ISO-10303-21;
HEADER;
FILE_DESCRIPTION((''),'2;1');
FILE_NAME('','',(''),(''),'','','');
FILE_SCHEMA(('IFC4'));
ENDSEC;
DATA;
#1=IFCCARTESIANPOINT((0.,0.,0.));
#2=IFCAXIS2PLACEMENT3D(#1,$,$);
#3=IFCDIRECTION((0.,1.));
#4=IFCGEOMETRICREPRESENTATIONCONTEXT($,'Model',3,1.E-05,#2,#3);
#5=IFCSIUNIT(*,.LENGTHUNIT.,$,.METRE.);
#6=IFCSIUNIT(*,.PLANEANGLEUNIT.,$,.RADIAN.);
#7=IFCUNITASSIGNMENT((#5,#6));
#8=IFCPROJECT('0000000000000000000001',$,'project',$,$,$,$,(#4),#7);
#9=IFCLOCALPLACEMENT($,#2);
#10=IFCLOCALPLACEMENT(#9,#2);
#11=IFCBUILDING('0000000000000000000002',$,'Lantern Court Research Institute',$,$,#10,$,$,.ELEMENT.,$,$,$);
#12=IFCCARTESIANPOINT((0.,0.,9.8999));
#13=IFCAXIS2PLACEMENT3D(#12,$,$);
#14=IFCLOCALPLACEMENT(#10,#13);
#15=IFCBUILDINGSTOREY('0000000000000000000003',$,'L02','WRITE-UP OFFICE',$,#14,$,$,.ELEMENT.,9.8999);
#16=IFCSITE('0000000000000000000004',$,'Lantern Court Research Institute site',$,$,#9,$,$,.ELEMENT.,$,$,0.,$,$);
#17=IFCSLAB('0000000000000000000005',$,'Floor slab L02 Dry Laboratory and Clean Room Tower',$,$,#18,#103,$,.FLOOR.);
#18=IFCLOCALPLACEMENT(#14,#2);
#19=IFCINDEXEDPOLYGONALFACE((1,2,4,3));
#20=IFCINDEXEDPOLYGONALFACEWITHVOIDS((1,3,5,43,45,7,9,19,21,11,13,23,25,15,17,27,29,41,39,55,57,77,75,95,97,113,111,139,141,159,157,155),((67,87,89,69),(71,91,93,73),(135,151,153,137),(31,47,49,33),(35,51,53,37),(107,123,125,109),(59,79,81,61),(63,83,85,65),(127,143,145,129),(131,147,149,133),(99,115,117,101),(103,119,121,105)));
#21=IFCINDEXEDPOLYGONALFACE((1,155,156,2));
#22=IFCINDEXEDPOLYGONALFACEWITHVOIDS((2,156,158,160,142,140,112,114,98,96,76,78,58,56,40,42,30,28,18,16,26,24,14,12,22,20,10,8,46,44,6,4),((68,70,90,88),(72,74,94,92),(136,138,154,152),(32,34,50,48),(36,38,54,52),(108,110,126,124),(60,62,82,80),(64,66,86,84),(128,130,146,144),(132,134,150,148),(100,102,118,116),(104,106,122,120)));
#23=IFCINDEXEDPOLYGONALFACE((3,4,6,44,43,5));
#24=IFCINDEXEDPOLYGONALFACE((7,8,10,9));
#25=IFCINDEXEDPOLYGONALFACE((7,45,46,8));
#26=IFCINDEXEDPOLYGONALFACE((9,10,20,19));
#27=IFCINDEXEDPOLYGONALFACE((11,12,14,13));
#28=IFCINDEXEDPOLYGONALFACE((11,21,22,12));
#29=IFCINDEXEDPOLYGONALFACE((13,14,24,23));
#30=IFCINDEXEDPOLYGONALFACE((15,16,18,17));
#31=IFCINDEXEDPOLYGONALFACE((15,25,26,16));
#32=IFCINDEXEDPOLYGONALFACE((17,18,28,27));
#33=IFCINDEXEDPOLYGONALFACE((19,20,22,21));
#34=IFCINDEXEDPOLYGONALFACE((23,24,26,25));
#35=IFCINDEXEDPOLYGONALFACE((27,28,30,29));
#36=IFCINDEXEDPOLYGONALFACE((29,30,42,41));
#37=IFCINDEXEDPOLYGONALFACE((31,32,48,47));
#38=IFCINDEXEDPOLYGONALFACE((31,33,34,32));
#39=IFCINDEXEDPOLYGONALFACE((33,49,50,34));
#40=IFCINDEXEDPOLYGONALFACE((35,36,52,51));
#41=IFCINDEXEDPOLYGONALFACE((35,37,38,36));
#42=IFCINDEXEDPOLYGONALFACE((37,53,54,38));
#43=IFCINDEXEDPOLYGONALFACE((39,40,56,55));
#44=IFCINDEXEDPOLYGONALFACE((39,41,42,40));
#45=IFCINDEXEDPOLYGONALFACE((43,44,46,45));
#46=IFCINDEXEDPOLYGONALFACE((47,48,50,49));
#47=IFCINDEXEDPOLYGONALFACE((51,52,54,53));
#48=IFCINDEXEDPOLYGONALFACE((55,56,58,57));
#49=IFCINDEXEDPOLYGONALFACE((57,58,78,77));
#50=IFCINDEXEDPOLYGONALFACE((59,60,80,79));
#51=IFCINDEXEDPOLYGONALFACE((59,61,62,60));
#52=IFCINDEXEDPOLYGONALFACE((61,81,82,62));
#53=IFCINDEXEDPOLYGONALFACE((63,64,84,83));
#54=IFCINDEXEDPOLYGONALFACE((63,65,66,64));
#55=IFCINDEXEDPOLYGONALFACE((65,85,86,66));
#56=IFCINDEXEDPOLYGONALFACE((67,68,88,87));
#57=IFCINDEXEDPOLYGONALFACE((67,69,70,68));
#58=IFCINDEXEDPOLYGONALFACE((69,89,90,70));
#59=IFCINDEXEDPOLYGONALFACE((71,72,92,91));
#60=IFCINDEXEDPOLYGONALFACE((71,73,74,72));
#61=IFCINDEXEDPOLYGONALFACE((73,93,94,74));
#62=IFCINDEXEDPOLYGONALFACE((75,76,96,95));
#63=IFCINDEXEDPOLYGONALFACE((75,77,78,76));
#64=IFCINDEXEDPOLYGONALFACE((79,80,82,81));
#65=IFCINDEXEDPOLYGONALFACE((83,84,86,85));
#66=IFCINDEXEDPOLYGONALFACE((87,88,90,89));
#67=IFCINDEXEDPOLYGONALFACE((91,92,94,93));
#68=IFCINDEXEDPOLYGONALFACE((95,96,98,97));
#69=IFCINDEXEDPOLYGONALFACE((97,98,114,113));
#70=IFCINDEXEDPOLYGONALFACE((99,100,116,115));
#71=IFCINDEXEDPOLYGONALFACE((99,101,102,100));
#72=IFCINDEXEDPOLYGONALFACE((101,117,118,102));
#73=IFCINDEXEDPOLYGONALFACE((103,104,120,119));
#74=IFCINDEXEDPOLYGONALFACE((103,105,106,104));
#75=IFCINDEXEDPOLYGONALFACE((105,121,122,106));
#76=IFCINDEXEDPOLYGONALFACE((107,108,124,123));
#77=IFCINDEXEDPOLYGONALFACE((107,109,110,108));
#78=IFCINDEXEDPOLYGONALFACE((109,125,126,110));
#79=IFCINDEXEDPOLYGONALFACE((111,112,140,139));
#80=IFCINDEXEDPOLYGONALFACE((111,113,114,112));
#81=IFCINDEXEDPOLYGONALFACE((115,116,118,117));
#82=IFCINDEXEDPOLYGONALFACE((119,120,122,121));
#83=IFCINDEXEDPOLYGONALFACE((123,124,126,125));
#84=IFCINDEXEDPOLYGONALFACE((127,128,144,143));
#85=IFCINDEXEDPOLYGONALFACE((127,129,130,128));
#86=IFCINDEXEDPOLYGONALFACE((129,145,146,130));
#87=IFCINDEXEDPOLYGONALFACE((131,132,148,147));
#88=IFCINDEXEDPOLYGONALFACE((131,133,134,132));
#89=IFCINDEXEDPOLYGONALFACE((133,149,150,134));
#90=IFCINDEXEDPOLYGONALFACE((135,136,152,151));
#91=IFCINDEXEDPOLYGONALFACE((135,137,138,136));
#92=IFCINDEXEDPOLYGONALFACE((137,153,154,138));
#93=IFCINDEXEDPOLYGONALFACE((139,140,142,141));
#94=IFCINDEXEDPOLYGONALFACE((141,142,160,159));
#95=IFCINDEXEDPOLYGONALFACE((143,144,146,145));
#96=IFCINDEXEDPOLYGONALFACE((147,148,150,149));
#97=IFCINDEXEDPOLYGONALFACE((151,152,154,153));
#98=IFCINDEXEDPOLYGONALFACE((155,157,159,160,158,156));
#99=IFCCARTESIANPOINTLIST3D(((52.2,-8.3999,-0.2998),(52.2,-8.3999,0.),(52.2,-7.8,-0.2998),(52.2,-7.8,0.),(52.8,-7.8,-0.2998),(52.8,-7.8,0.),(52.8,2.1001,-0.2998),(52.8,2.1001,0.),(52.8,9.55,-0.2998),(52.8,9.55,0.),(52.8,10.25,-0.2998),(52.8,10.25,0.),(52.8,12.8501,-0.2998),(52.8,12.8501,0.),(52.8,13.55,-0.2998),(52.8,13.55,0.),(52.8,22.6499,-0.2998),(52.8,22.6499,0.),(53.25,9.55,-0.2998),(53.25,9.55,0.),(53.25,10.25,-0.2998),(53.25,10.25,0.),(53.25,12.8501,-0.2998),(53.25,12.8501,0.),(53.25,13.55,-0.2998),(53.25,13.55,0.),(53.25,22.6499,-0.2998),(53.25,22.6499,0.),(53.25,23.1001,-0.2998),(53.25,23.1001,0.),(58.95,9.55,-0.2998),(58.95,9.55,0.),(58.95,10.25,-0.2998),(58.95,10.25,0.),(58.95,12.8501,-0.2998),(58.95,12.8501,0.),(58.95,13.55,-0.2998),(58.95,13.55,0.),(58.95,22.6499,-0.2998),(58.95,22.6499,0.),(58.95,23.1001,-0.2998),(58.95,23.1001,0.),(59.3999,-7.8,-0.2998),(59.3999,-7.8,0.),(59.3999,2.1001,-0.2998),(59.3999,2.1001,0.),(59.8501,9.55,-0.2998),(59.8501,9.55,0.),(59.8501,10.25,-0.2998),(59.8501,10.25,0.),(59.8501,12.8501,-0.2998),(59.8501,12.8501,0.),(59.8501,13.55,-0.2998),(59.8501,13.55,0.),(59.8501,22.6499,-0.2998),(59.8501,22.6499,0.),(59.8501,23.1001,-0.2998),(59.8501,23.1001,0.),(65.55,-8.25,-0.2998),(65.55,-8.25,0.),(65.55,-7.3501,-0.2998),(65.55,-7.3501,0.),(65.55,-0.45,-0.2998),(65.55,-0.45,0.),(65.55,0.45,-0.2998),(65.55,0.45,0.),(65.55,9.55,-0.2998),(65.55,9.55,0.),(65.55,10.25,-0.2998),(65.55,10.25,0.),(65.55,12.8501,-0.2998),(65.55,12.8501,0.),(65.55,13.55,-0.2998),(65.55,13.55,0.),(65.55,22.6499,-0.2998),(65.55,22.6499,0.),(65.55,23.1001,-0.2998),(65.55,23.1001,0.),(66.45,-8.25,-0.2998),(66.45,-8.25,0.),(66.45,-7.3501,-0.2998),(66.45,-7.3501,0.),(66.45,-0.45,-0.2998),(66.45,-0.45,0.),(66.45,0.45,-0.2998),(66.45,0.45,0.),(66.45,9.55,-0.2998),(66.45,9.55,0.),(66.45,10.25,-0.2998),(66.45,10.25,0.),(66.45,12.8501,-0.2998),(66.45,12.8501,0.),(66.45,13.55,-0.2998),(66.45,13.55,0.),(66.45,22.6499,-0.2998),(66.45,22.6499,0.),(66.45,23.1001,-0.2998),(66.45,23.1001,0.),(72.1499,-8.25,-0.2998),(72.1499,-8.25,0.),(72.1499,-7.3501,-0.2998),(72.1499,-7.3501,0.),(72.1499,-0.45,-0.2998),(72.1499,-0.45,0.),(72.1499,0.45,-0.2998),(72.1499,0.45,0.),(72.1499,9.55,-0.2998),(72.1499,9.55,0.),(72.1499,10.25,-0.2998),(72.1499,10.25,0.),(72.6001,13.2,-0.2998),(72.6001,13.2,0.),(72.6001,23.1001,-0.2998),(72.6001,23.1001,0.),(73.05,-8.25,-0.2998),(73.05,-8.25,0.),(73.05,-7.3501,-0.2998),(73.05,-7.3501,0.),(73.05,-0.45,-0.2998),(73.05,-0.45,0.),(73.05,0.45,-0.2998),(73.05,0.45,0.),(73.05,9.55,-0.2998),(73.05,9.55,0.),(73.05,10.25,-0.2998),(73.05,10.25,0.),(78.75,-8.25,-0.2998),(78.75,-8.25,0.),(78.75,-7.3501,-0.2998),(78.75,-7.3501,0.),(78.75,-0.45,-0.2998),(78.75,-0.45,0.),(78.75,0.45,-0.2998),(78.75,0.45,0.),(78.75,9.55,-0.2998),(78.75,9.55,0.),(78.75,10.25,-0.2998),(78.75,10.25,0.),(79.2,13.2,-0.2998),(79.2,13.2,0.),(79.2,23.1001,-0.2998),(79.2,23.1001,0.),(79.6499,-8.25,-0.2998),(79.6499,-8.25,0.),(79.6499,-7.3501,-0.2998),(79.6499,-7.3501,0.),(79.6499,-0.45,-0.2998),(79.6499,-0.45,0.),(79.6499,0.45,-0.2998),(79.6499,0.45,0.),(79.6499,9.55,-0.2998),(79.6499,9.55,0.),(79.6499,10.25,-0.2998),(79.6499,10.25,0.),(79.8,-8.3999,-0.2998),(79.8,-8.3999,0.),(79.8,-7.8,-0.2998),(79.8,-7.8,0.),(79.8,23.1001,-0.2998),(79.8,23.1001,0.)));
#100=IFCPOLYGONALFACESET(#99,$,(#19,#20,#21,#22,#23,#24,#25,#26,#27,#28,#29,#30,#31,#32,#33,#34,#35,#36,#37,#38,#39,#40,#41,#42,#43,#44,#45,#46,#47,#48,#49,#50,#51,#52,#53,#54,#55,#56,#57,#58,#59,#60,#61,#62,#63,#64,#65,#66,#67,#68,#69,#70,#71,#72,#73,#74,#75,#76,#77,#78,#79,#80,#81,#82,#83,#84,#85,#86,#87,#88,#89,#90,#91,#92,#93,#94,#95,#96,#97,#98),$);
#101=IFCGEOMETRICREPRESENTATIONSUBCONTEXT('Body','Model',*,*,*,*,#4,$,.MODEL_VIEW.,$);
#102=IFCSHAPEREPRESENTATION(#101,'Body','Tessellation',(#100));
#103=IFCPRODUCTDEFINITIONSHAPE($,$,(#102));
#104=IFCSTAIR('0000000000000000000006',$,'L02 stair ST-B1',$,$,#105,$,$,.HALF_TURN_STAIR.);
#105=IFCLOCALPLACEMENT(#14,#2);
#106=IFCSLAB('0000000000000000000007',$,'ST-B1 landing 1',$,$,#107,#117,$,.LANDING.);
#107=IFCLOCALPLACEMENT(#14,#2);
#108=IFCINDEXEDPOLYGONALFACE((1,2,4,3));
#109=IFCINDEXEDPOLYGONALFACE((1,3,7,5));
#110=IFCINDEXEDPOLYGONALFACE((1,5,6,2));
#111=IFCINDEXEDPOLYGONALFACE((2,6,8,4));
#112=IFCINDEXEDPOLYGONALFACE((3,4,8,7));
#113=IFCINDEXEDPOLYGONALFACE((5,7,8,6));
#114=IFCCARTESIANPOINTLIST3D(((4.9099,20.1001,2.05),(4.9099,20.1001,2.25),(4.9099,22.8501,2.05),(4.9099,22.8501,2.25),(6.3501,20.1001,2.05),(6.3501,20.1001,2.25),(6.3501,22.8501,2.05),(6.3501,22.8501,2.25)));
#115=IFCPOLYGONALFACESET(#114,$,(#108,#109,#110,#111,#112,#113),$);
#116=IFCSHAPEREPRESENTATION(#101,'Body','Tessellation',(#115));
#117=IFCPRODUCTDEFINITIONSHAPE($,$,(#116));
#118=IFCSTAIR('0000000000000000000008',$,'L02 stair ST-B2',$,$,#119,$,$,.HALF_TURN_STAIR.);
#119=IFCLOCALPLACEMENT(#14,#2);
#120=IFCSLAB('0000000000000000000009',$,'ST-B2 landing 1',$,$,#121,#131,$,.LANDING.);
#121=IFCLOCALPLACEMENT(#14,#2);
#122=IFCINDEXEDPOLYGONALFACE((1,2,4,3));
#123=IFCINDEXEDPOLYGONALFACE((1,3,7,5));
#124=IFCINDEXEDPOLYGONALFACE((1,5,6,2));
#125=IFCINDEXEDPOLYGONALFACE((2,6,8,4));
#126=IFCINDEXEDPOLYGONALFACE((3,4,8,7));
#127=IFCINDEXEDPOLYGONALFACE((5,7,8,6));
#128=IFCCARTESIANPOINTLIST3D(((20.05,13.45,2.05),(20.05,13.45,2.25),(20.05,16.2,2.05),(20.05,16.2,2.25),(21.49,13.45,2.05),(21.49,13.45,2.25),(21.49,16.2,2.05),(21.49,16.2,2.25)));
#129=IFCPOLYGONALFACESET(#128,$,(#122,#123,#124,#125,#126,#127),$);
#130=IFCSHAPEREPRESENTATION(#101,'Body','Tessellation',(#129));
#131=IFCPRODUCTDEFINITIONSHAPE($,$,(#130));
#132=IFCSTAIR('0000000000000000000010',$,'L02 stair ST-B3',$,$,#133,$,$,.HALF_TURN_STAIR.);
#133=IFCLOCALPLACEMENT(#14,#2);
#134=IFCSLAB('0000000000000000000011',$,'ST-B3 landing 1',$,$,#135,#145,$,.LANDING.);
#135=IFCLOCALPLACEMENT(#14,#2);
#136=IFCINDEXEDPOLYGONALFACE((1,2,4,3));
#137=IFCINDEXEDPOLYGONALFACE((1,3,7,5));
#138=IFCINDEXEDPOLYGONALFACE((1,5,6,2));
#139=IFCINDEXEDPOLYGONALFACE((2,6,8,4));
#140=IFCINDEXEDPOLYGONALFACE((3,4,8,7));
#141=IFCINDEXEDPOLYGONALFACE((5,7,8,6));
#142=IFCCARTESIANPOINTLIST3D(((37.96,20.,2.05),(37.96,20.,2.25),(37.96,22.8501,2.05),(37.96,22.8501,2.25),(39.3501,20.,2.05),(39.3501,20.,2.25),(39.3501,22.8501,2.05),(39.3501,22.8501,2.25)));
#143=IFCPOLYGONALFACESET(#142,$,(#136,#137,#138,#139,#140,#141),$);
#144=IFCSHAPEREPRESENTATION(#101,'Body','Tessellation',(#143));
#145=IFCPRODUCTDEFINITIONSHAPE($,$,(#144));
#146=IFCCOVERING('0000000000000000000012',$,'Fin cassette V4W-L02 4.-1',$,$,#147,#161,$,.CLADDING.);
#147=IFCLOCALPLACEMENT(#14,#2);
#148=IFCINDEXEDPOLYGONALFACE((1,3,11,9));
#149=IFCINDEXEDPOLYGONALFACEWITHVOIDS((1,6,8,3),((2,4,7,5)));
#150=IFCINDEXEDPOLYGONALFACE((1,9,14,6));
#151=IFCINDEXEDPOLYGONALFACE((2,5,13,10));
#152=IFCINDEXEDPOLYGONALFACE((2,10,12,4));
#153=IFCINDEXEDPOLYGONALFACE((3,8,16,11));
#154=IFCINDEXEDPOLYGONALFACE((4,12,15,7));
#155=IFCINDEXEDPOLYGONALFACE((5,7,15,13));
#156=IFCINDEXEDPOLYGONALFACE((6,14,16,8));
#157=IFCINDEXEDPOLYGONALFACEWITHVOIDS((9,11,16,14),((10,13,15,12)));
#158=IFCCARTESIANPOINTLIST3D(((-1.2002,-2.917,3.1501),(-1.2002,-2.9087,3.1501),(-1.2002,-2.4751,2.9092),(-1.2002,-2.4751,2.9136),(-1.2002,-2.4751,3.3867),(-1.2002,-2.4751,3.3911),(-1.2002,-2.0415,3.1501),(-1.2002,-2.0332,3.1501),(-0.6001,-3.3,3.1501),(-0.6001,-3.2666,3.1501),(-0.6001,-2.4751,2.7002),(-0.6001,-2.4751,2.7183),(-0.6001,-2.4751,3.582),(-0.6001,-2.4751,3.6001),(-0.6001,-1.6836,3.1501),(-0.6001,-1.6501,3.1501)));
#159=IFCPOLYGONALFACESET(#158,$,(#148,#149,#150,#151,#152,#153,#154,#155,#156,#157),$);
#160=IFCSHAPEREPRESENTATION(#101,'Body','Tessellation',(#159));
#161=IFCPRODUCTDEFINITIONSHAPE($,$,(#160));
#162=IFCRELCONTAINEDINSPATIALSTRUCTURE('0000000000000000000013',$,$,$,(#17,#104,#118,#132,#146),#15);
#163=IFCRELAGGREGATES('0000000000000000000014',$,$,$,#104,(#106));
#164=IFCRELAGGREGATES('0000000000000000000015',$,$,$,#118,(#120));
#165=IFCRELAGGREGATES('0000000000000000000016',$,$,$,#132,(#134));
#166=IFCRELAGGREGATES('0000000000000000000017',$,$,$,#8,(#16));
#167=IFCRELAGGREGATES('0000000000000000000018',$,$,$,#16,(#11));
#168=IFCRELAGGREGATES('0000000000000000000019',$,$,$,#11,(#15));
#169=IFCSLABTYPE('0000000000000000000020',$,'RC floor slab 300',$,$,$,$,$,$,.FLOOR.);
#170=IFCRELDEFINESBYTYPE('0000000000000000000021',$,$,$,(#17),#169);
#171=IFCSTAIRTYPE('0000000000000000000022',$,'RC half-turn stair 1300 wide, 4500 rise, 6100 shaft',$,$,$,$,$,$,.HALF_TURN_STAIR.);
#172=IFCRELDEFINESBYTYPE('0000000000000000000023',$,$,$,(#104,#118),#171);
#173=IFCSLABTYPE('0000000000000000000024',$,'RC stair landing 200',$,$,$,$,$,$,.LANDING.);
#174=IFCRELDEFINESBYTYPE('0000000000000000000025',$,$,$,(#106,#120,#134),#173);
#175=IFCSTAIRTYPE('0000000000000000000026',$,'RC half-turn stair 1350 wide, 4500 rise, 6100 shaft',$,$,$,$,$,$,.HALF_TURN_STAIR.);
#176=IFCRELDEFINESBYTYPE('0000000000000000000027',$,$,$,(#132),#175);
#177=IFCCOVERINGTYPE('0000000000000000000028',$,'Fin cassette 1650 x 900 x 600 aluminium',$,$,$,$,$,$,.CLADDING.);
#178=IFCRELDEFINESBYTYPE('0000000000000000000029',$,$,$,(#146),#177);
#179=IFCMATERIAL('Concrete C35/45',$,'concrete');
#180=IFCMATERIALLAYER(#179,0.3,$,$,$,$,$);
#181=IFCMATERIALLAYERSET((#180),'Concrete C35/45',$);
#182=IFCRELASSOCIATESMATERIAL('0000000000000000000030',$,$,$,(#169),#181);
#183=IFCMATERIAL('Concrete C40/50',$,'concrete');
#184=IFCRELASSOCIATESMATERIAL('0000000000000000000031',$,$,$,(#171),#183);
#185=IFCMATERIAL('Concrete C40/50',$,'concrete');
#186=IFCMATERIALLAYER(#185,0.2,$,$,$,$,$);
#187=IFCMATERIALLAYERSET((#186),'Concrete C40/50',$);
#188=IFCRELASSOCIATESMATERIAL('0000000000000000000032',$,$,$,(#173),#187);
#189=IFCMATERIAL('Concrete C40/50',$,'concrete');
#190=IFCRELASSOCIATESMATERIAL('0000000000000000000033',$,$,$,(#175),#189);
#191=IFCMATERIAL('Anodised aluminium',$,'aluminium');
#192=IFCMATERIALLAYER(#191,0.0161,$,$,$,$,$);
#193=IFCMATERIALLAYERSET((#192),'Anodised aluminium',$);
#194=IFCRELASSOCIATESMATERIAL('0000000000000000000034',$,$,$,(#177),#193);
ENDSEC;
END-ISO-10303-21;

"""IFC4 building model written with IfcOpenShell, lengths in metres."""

from ifc_helpers import new_model, entity, si_unit, direction, frame, origin, place, context, subcontext, project, spatial, polyline, outline, extrude, material, layer, layer_set, type_object, element, aggregate, save


model = new_model("IFC4")

# Units and contexts
model_context = context("Model", 3, precision=1e-05, world=origin(), true_north=direction((0.0, 1.0)))
body_context = subcontext(model_context, "Body", "Model", "MODEL_VIEW")
ifc_project = project(units=[si_unit("LENGTHUNIT", "METRE"), si_unit("PLANEANGLEUNIT", "RADIAN")], contexts=[model_context])

# Site, building, storey
site_placement = place(None, origin())
site = spatial("IfcSite", under=ifc_project, at=site_placement, Name="Lantern Court Research Institute site", CompositionType="ELEMENT", RefElevation=0.0)
building_placement = place(site_placement, origin())
building = spatial("IfcBuilding", under=site, at=building_placement, Name="Lantern Court Research Institute", CompositionType="ELEMENT")
storey_placement = place(building_placement, frame((0.0, 0.0, 9.8999)))
storey = spatial("IfcBuildingStorey", under=building, at=storey_placement, Name="L02", Description="WRITE-UP OFFICE", CompositionType="ELEMENT", Elevation=9.8999)

# Slab
ifc_material_1 = material(Name="Concrete C35/45", Category="concrete")
ifc_layer_1 = layer(ifc_material_1, 0.3)
ifc_layer_set_1 = layer_set([ifc_layer_1], Name="Concrete C35/45")
slab_type_1 = type_object("IfcSlabType", Name="RC floor slab 300", PredefinedType="FLOOR", material=ifc_layer_set_1)
slab_1_placement = place(storey_placement, frame((0.0, 0.0, -0.2998)))
element("IfcSlab", 1, at=slab_1_placement, inside=storey, type_object=slab_type_1, Name="Floor slab L02 Dry Laboratory and Clean Room Tower", PredefinedType="FLOOR", context=body_context, shape_type="SweptSolid", body=[
    extrude(outline(polyline([(52.8, -7.8), (52.2, -7.8), (52.2, -8.3999), (79.8, -8.3999), (79.8, -7.8), (79.8, 23.1001), (79.2, 23.1001), (79.2, 13.2), (72.6001, 13.2), (72.6001, 23.1001), (66.45, 23.1001), (66.45, 22.6499), (65.55, 22.6499), (65.55, 23.1001), (59.8501, 23.1001), (59.8501, 22.6499), (58.95, 22.6499), (58.95, 23.1001), (53.25, 23.1001), (53.25, 22.6499), (52.8, 22.6499), (52.8, 13.55), (53.25, 13.55), (53.25, 12.8501), (52.8, 12.8501), (52.8, 10.25), (53.25, 10.25), (53.25, 9.55), (52.8, 9.55), (52.8, 2.1001), (59.3999, 2.1001), (59.3999, -7.8), (52.8, -7.8)]), holes=[polyline([(59.8501, 10.25), (59.8501, 9.55), (58.95, 9.55), (58.95, 10.25), (59.8501, 10.25)]), polyline([(59.8501, 13.55), (59.8501, 12.8501), (58.95, 12.8501), (58.95, 13.55), (59.8501, 13.55)]), polyline([(65.55, -7.3501), (66.45, -7.3501), (66.45, -8.25), (65.55, -8.25), (65.55, -7.3501)]), polyline([(73.05, -7.3501), (73.05, -8.25), (72.1499, -8.25), (72.1499, -7.3501), (73.05, -7.3501)]), polyline([(79.6499, -7.3501), (79.6499, -8.25), (78.75, -8.25), (78.75, -7.3501), (79.6499, -7.3501)]), polyline([(66.45, 0.45), (66.45, -0.45), (65.55, -0.45), (65.55, 0.45), (66.45, 0.45)]), polyline([(73.05, 0.45), (73.05, -0.45), (72.1499, -0.45), (72.1499, 0.45), (73.05, 0.45)]), polyline([(79.6499, 0.45), (79.6499, -0.45), (78.75, -0.45), (78.75, 0.45), (79.6499, 0.45)]), polyline([(66.45, 10.25), (66.45, 9.55), (65.55, 9.55), (65.55, 10.25), (66.45, 10.25)]), polyline([(73.05, 10.25), (73.05, 9.55), (72.1499, 9.55), (72.1499, 10.25), (73.05, 10.25)]), polyline([(79.6499, 10.25), (79.6499, 9.55), (78.75, 9.55), (78.75, 10.25), (79.6499, 10.25)]), polyline([(66.45, 13.55), (66.45, 12.8501), (65.55, 12.8501), (65.55, 13.55), (66.45, 13.55)])]), origin(), (0.0, 0.0, 1.0), 0.2998),
])

# Stairs, slabs
ifc_material_2 = material(Name="Concrete C40/50", Category="concrete")
stair_type_1 = type_object("IfcStairType", Name="RC half-turn stair 1300 wide, 4500 rise, 6100 shaft", PredefinedType="HALF_TURN_STAIR", material=ifc_material_2)
stair_1_placement = place(storey_placement, origin())
stair_1 = element("IfcStair", 2, at=stair_1_placement, inside=storey, type_object=stair_type_1, Name="L02 stair ST-B1", PredefinedType="HALF_TURN_STAIR")
ifc_material_3 = material(Name="Concrete C40/50", Category="concrete")
ifc_layer_2 = layer(ifc_material_3, 0.2)
ifc_layer_set_2 = layer_set([ifc_layer_2], Name="Concrete C40/50")
slab_type_2 = type_object("IfcSlabType", Name="RC stair landing 200", PredefinedType="LANDING", material=ifc_layer_set_2)
slab_2_placement = place(storey_placement, frame((0.0, 0.0, 2.05)))
slab_2 = element("IfcSlab", 3, at=slab_2_placement, type_object=slab_type_2, Name="ST-B1 landing 1", PredefinedType="LANDING", context=body_context, shape_type="SweptSolid", body=[
    extrude(outline(polyline([(4.9099, 20.1001), (6.3501, 20.1001), (6.3501, 22.8501), (4.9099, 22.8501), (4.9099, 20.1001)])), origin(), (0.0, 0.0, 1.0), 0.2),
])
aggregate(stair_1, [slab_2])
stair_2_placement = place(storey_placement, origin())
stair_2 = element("IfcStair", 4, at=stair_2_placement, inside=storey, type_object=stair_type_1, Name="L02 stair ST-B2", PredefinedType="HALF_TURN_STAIR")
slab_3_placement = place(storey_placement, frame((0.0, 0.0, 2.05)))
slab_3 = element("IfcSlab", 5, at=slab_3_placement, type_object=slab_type_2, Name="ST-B2 landing 1", PredefinedType="LANDING", context=body_context, shape_type="SweptSolid", body=[
    extrude(outline(polyline([(21.49, 16.2), (20.05, 16.2), (20.05, 13.45), (21.49, 13.45), (21.49, 16.2)])), origin(), (0.0, 0.0, 1.0), 0.2),
])
aggregate(stair_2, [slab_3])
ifc_material_4 = material(Name="Concrete C40/50", Category="concrete")
stair_type_2 = type_object("IfcStairType", Name="RC half-turn stair 1350 wide, 4500 rise, 6100 shaft", PredefinedType="HALF_TURN_STAIR", material=ifc_material_4)
stair_3_placement = place(storey_placement, origin())
stair_3 = element("IfcStair", 6, at=stair_3_placement, inside=storey, type_object=stair_type_2, Name="L02 stair ST-B3", PredefinedType="HALF_TURN_STAIR")
slab_4_placement = place(storey_placement, frame((0.0, 0.0, 2.05)))
slab_4 = element("IfcSlab", 7, at=slab_4_placement, type_object=slab_type_2, Name="ST-B3 landing 1", PredefinedType="LANDING", context=body_context, shape_type="SweptSolid", body=[
    extrude(outline(polyline([(37.96, 20.0), (39.3501, 20.0), (39.3501, 22.8501), (37.96, 22.8501), (37.96, 20.0)])), origin(), (0.0, 0.0, 1.0), 0.2),
])
aggregate(stair_3, [slab_4])

# Covering
ifc_material_5 = material(Name="Anodised aluminium", Category="aluminium")
ifc_layer_3 = layer(ifc_material_5, 0.0161)
ifc_layer_set_3 = layer_set([ifc_layer_3], Name="Anodised aluminium")
covering_type_1 = type_object("IfcCoveringType", Name="Fin cassette 1650 x 900 x 600 aluminium", PredefinedType="CLADDING", material=ifc_layer_set_3)
covering_1_placement = place(storey_placement, frame((-0.6001, -2.4751, 3.1501), z_axis=(-1.0, 0.0, 0.0), x_axis=(0.0, -1.0, 0.0)))
cartesian_point_1 = entity("IfcCartesianPoint", [0.825, 0.0])
cartesian_point_2 = entity("IfcCartesianPoint", [0.7915, 0.0])
cartesian_point_3 = entity("IfcCartesianPoint", [0.4419, 0.0])
cartesian_point_4 = entity("IfcCartesianPoint", [0.4336, 0.0])
element("IfcCovering", 8, at=covering_1_placement, inside=storey, type_object=covering_type_1, Name="Fin cassette V4W-L02 4.-1", PredefinedType="CLADDING", context=body_context, shape_type="SweptSolid", body=[
    entity("IfcExtrudedAreaSolidTapered", entity("IfcArbitraryProfileDefWithVoids", "AREA", None, entity("IfcPolyline", [cartesian_point_1, entity("IfcCartesianPoint", [0.0, 0.45]), entity("IfcCartesianPoint", [-0.825, 0.0]), entity("IfcCartesianPoint", [0.0, -0.45]), cartesian_point_1]), [entity("IfcPolyline", [cartesian_point_2, entity("IfcCartesianPoint", [0.0, 0.4319]), entity("IfcCartesianPoint", [-0.7915, 0.0]), entity("IfcCartesianPoint", [0.0, -0.4319]), cartesian_point_2])]), entity("IfcAxis2Placement3D", entity("IfcCartesianPoint", [0.0, 0.0, 0.0])), entity("IfcDirection", [0.0, 0.0, 1.0]), 0.6001, entity("IfcArbitraryProfileDefWithVoids", "AREA", None, entity("IfcPolyline", [cartesian_point_3, entity("IfcCartesianPoint", [0.0, 0.241]), entity("IfcCartesianPoint", [-0.4419, 0.0]), entity("IfcCartesianPoint", [0.0, -0.241]), cartesian_point_3]), [entity("IfcPolyline", [cartesian_point_4, entity("IfcCartesianPoint", [0.0, 0.2366]), entity("IfcCartesianPoint", [-0.4336, 0.0]), entity("IfcCartesianPoint", [0.0, -0.2366]), cartesian_point_4])])),
])

save(model, "model.ifc")
